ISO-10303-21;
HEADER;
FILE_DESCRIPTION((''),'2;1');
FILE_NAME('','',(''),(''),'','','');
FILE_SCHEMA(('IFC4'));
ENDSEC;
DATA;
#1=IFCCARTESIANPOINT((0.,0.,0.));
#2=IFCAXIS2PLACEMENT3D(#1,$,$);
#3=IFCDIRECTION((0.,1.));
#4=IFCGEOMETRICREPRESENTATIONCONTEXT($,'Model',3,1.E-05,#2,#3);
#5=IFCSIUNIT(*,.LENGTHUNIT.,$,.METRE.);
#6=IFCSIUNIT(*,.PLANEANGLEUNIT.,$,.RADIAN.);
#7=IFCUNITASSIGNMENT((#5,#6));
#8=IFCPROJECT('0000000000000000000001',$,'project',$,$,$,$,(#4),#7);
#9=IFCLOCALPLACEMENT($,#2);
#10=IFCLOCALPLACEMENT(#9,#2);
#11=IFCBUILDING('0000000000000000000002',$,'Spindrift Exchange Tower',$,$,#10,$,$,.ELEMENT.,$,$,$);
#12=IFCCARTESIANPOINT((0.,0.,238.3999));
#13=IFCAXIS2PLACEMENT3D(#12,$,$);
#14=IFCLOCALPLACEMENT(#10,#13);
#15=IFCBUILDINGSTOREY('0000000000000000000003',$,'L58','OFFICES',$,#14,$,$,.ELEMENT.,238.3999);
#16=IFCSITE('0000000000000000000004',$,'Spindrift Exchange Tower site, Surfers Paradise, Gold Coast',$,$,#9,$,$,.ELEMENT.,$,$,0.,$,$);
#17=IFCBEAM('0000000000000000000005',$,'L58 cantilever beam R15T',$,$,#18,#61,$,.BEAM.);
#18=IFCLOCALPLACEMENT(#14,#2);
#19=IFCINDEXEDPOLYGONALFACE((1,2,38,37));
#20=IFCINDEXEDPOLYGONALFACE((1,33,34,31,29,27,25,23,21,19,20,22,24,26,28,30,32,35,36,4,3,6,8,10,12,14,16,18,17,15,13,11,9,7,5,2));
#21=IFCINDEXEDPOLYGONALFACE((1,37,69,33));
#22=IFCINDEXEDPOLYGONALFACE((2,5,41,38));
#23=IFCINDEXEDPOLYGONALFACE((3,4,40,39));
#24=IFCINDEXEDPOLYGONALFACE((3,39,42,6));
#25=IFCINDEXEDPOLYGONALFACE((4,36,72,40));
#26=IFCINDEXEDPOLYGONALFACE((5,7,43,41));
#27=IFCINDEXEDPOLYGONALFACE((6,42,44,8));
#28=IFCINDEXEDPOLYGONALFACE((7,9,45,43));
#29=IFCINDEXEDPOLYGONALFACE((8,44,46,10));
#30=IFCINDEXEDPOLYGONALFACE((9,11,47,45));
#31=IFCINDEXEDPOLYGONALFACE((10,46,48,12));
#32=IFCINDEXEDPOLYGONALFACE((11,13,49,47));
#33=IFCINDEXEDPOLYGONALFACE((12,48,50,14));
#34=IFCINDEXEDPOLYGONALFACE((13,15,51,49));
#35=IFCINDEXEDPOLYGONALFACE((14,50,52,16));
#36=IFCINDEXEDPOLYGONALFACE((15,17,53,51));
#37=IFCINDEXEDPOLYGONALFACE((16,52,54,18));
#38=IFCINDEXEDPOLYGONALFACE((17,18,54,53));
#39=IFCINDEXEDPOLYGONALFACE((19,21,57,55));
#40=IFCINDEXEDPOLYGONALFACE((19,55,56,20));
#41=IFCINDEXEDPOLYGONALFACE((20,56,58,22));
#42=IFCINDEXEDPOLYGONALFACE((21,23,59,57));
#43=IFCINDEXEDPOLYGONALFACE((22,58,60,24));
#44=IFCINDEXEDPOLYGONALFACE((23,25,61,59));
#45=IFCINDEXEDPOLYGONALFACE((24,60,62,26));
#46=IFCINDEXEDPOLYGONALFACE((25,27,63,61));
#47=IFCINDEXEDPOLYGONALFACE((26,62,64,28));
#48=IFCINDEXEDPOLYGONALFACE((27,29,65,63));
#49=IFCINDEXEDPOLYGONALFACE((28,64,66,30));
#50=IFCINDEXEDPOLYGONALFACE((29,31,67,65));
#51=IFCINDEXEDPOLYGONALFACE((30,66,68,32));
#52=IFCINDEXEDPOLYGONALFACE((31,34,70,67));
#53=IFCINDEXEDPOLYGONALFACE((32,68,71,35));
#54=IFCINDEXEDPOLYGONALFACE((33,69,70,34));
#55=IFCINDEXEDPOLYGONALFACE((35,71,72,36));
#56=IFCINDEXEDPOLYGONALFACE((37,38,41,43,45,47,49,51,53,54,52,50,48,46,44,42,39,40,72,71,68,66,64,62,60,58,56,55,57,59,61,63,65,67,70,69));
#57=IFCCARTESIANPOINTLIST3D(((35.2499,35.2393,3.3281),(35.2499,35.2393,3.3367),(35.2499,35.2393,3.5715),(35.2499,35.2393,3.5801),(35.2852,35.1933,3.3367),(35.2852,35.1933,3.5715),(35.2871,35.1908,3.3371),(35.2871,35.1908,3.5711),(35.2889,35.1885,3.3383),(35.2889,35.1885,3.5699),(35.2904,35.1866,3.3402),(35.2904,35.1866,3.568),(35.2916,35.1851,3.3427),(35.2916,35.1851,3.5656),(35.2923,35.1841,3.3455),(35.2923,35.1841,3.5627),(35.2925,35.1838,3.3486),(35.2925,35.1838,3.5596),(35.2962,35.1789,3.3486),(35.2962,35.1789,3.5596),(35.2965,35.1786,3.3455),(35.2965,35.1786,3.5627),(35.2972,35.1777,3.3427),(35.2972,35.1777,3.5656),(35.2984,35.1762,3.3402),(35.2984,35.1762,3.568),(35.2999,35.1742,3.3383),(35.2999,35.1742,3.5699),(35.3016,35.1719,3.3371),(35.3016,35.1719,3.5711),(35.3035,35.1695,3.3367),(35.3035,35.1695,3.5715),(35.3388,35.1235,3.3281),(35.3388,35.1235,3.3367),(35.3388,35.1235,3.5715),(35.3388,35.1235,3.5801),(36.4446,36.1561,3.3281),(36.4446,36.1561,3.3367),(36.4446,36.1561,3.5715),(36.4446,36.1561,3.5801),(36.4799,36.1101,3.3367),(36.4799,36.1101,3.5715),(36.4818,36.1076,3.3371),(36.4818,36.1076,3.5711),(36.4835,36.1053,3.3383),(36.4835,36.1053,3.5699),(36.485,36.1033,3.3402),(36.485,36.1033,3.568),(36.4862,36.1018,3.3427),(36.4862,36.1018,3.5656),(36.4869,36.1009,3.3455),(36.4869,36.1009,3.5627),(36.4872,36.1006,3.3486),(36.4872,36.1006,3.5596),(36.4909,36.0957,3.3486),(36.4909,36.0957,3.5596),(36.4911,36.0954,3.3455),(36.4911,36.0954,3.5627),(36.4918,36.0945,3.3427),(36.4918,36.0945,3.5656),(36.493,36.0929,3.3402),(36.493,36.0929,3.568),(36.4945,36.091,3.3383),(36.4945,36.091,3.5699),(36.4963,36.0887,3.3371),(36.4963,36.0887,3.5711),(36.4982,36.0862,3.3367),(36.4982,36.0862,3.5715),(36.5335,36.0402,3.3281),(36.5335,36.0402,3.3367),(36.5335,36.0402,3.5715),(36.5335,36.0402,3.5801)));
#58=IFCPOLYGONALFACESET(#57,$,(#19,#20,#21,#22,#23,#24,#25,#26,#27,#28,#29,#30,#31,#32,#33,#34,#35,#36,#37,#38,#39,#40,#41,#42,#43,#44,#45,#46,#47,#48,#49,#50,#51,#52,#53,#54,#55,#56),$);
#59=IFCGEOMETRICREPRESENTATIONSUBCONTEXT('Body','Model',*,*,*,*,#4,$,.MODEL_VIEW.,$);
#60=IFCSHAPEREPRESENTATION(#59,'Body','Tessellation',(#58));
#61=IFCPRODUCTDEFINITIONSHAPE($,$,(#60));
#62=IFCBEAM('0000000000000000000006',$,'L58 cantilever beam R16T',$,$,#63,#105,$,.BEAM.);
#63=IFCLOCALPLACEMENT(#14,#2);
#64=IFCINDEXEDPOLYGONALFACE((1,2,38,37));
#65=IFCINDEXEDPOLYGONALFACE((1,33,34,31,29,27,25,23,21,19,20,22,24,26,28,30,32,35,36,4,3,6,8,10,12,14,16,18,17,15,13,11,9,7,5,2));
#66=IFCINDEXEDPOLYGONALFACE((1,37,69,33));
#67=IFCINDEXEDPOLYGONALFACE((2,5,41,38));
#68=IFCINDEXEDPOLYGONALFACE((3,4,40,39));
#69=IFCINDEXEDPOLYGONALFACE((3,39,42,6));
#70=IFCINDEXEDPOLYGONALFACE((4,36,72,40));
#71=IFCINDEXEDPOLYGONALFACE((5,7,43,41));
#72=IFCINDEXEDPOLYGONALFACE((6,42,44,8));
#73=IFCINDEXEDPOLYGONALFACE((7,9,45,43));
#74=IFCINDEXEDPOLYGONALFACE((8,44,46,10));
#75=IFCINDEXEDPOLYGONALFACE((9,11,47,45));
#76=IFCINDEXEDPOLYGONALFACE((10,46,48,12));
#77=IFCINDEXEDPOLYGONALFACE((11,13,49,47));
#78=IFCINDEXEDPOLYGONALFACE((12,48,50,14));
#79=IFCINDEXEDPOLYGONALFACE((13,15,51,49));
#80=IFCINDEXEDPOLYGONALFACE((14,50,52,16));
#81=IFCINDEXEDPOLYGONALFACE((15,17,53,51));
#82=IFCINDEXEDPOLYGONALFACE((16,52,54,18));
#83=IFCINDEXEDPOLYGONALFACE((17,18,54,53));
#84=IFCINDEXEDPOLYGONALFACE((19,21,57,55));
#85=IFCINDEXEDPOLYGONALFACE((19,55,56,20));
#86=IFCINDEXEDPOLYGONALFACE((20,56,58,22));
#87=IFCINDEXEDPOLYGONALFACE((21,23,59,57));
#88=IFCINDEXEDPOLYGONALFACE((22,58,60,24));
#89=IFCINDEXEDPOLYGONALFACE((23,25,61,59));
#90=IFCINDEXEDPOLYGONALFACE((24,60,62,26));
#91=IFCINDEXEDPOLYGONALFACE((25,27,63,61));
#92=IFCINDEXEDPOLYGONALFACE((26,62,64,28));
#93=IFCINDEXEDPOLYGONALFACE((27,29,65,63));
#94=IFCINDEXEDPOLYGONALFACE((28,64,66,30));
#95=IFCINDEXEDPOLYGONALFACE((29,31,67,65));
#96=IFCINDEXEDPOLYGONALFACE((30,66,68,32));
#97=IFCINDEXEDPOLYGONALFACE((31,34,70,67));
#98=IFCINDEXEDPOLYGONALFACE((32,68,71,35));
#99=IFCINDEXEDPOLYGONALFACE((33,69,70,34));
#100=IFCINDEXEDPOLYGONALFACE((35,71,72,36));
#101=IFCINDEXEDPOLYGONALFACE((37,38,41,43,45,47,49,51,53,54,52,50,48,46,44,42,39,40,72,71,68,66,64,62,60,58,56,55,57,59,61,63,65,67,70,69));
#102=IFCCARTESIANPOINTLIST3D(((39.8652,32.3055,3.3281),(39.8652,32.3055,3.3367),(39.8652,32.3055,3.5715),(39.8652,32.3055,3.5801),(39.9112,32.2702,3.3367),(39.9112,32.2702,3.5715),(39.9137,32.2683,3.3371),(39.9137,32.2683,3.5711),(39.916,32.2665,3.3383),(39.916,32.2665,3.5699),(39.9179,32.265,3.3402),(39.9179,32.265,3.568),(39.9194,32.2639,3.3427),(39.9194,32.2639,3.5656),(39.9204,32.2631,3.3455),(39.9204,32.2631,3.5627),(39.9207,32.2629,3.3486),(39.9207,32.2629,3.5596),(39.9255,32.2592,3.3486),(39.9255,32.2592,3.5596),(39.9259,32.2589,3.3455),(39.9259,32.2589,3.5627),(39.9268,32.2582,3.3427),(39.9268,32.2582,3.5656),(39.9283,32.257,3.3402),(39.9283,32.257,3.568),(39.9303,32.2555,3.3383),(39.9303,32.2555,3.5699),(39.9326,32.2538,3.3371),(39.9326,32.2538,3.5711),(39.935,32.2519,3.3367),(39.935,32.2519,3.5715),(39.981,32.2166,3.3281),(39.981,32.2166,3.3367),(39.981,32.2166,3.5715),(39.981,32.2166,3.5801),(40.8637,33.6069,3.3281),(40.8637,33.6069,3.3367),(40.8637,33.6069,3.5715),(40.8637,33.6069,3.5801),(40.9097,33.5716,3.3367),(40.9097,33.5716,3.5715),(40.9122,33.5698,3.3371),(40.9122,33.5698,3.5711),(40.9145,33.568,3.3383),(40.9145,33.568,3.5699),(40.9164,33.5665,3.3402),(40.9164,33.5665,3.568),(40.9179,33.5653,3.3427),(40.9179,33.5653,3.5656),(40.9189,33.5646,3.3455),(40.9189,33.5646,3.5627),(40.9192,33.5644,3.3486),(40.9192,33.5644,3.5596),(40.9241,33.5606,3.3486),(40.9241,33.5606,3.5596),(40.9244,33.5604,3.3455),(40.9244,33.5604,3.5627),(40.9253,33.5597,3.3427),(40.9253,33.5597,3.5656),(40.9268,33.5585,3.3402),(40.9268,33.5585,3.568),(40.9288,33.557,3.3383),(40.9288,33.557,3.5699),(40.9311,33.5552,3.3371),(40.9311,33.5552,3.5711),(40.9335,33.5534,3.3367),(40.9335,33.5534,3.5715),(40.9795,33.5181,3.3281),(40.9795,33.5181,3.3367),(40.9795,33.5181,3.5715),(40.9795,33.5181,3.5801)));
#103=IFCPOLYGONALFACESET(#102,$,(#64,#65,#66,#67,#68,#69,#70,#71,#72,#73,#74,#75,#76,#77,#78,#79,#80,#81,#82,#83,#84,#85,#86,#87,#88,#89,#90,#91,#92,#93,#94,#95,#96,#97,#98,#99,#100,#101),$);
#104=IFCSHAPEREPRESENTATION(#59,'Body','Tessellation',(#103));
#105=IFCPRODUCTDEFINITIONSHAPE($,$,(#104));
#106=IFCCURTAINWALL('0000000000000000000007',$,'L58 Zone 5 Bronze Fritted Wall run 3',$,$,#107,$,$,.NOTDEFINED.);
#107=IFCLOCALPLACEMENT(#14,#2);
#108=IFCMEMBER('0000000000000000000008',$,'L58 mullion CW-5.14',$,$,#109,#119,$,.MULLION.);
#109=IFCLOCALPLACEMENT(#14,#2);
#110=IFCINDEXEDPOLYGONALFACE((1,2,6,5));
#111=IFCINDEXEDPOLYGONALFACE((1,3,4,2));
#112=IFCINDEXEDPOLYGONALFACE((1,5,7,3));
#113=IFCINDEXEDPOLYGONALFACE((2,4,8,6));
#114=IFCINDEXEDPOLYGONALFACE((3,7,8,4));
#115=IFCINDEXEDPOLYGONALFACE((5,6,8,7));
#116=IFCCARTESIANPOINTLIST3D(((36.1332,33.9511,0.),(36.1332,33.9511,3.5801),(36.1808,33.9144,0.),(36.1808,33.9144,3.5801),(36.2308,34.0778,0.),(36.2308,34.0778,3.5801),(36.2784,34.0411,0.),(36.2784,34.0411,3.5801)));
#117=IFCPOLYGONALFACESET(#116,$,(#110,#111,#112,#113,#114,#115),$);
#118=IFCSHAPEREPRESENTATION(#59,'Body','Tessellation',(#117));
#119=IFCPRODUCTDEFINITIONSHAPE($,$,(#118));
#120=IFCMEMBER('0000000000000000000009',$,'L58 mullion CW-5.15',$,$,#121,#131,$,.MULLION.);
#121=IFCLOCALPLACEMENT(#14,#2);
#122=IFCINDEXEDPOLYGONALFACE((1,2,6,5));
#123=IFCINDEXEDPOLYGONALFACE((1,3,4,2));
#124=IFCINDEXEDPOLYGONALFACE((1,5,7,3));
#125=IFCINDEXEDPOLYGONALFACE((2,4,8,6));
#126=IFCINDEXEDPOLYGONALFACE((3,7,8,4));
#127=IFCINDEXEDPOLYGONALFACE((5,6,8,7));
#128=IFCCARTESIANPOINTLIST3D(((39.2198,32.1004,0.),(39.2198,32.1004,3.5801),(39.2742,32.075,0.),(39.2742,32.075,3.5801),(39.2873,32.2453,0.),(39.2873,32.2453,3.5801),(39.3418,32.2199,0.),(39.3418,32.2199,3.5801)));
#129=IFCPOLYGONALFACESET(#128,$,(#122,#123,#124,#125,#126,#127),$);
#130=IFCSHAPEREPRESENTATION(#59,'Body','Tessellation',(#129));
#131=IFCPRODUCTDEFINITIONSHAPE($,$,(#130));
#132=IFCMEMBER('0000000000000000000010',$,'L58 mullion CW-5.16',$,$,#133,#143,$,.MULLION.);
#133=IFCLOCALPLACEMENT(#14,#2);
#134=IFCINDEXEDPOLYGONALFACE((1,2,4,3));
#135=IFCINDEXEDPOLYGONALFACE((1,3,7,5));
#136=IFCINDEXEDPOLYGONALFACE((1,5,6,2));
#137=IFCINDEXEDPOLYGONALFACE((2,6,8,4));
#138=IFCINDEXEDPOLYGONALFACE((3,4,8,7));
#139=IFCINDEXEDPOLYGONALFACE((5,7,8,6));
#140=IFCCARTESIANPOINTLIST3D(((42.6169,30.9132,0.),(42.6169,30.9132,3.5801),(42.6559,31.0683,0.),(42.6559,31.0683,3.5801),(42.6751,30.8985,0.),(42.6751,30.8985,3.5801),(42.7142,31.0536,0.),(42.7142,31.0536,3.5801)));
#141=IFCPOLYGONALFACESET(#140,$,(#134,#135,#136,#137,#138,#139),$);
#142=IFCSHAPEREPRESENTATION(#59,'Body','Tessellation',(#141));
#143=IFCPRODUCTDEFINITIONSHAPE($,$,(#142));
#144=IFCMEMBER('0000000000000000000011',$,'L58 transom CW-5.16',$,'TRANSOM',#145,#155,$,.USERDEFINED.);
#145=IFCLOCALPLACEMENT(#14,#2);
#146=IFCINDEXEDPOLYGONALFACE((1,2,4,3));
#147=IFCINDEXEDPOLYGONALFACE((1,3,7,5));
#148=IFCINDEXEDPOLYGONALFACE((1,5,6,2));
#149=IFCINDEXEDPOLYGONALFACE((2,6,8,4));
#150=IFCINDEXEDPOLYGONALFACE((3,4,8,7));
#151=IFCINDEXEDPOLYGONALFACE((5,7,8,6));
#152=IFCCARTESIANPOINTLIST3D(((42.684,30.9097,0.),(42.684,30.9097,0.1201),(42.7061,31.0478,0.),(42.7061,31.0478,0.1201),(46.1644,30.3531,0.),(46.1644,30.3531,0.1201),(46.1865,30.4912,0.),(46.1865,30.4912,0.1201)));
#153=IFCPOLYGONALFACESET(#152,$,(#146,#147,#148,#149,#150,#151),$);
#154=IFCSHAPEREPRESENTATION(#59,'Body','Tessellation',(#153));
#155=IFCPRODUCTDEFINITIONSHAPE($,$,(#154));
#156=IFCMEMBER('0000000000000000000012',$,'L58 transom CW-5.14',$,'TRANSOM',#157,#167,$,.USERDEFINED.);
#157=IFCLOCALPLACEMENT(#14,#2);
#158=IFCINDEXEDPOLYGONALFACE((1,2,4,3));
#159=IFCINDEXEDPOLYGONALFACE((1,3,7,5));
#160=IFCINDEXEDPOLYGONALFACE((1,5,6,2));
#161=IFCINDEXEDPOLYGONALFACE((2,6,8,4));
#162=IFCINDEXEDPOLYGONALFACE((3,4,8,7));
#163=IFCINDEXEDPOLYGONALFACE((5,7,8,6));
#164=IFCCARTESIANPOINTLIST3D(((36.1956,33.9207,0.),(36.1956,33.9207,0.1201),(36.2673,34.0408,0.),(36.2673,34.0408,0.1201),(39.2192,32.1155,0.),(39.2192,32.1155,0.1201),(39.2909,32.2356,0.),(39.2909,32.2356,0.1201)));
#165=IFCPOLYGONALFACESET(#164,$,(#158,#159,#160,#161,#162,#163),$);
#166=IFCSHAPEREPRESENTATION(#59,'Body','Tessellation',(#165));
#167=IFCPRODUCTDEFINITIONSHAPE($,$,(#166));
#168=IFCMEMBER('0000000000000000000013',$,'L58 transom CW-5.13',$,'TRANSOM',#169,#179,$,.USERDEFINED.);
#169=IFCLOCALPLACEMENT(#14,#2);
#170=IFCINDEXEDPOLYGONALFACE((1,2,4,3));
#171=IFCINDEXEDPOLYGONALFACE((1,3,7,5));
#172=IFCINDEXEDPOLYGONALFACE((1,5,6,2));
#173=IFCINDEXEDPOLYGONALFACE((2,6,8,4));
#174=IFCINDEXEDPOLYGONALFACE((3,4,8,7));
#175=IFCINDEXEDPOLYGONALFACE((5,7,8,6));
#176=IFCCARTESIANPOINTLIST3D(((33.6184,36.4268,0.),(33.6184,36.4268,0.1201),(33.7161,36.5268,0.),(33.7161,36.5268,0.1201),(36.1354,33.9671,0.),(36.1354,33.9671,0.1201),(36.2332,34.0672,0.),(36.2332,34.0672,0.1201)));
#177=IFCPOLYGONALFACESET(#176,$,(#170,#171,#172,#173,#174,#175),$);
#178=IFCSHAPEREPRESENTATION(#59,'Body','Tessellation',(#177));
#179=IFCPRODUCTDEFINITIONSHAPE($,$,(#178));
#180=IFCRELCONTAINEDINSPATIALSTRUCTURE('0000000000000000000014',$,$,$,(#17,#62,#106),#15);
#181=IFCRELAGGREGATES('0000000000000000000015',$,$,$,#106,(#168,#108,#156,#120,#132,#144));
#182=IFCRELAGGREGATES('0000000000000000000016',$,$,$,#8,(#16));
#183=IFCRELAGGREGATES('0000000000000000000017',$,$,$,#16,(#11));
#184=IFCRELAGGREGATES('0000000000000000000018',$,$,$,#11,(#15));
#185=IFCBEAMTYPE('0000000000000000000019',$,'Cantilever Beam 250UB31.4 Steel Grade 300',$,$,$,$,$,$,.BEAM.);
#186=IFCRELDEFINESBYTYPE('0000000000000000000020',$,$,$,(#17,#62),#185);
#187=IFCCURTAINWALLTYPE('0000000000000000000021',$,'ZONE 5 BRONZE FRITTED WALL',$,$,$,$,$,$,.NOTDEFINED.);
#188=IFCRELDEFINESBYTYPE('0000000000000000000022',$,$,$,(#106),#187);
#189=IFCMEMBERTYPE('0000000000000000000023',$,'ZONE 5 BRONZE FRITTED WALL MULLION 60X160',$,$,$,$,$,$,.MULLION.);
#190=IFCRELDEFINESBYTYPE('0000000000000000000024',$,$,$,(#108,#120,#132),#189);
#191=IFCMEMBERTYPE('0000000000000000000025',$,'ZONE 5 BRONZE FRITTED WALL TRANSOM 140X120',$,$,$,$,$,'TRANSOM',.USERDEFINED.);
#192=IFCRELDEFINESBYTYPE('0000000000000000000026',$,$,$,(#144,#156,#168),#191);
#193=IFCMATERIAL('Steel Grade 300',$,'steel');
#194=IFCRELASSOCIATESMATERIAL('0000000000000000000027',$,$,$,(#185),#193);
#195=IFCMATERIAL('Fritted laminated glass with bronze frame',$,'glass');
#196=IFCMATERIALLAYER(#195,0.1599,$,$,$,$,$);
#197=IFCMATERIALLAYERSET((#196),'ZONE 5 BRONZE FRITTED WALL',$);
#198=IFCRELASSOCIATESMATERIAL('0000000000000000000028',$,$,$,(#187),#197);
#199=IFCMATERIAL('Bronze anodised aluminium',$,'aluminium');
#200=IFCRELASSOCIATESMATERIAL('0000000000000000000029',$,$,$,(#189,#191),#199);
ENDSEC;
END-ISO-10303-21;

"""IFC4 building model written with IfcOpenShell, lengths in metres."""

from ifc_helpers import new_model, si_unit, direction, frame, origin, origin_2d, place, context, subcontext, project, spatial, rectangle, i_section, extrude, source, transform, mapped, material, layer, layer_set, material_profile, profile_set, type_object, element, aggregate, save


model = new_model("IFC4")

# Units and contexts
model_context = context("Model", 3, precision=1e-05, world=origin(), true_north=direction((0.0, 1.0)))
body_context = subcontext(model_context, "Body", "Model", "MODEL_VIEW")
ifc_project = project(units=[si_unit("LENGTHUNIT", "METRE"), si_unit("PLANEANGLEUNIT", "RADIAN")], contexts=[model_context])

# Site, building, storey
site_placement = place(None, origin())
site = spatial("IfcSite", under=ifc_project, at=site_placement, Name="Spindrift Exchange Tower site, Surfers Paradise, Gold Coast", CompositionType="ELEMENT", RefElevation=0.0)
building_placement = place(site_placement, origin())
building = spatial("IfcBuilding", under=site, at=building_placement, Name="Spindrift Exchange Tower", CompositionType="ELEMENT")
storey_placement = place(building_placement, frame((0.0, 0.0, 238.3999)))
storey = spatial("IfcBuildingStorey", under=building, at=storey_placement, Name="L58", Description="OFFICES", CompositionType="ELEMENT", Elevation=238.3999)

# Beams
ifc_material_1 = material(Name="Steel Grade 300", Category="steel")
ifc_material_profile_1 = material_profile(ifc_material_1, i_section(OverallWidth=0.146, OverallDepth=0.252, WebThickness=0.0061, FlangeThickness=0.0085, FilletRadius=0.012, at=origin_2d()), Name="250UB31.4")
ifc_profile_set_1 = profile_set([ifc_material_profile_1], Name="Steel Grade 300")
beam_type_1 = type_object("IfcBeamType", Name="Cantilever Beam 250UB31.4 Steel Grade 300", PredefinedType="BEAM", material=ifc_profile_set_1)
shared_shape_1 = source(origin(), body_context, "Body", "SweptSolid", [
    extrude(i_section(OverallWidth=0.146, OverallDepth=0.252, WebThickness=0.0061, FlangeThickness=0.0085, FilletRadius=0.012, at=origin_2d()), origin(), (0.0, 0.0, 1.0), 1.5059),
])
beam_1_placement = place(storey_placement, frame((36.489, 36.0981, 3.4541), z_axis=(-0.793317, -0.608809, 0.0), x_axis=(0.608809, -0.793317, 0.0)))
element("IfcBeam", 1, at=beam_1_placement, inside=storey, type_object=beam_type_1, Name="L58 cantilever beam R15T", PredefinedType="BEAM", context=body_context, shape_type="MappedRepresentation", body=[
    mapped(shared_shape_1, transform((0.0, 0.0, 0.0), scale=1.0)),
])
shared_shape_2 = source(origin(), body_context, "Body", "SweptSolid", [
    extrude(i_section(OverallWidth=0.146, OverallDepth=0.252, WebThickness=0.0061, FlangeThickness=0.0085, FilletRadius=0.012, at=origin_2d()), origin(), (0.0, 0.0, 1.0), 1.6404),
])
beam_2_placement = place(storey_placement, frame((40.9216, 33.5625, 3.4541), z_axis=(-0.608703, -0.793398, 0.0), x_axis=(0.793398, -0.608703, 0.0)))
element("IfcBeam", 2, at=beam_2_placement, inside=storey, type_object=beam_type_1, Name="L58 cantilever beam R16T", PredefinedType="BEAM", context=body_context, shape_type="MappedRepresentation", body=[
    mapped(shared_shape_2, transform((0.0, 0.0, 0.0), scale=1.0)),
])

# Curtain wall, members
ifc_material_2 = material(Name="Fritted laminated glass with bronze frame", Category="glass")
ifc_layer_1 = layer(ifc_material_2, 0.1599)
ifc_layer_set_1 = layer_set([ifc_layer_1], Name="ZONE 5 BRONZE FRITTED WALL")
curtain_wall_type = type_object("IfcCurtainWallType", Name="ZONE 5 BRONZE FRITTED WALL", PredefinedType="NOTDEFINED", material=ifc_layer_set_1)
curtain_wall_placement = place(storey_placement, origin())
curtain_wall = element("IfcCurtainWall", 3, at=curtain_wall_placement, inside=storey, type_object=curtain_wall_type, Name="L58 Zone 5 Bronze Fritted Wall run 3", PredefinedType="NOTDEFINED")
ifc_material_3 = material(Name="Bronze anodised aluminium", Category="aluminium")
ifc_material_profile_2 = material_profile(ifc_material_3, rectangle(XDim=0.0601, YDim=0.1599, at=origin_2d()), Name="ZONE 5 BRONZE FRITTED WALL MULLION 60X160")
ifc_profile_set_2 = profile_set([ifc_material_profile_2], Name="Bronze anodised aluminium")
member_type_1 = type_object("IfcMemberType", Name="ZONE 5 BRONZE FRITTED WALL MULLION 60X160", PredefinedType="MULLION", material=ifc_profile_set_2)
shared_shape_3 = source(origin(), body_context, "Body", "SweptSolid", [
    extrude(rectangle(XDim=0.0601, YDim=0.1599, at=origin_2d()), origin(), (0.0, 0.0, 1.0), 3.5801),
])
member_1_placement = place(storey_placement, frame((36.2058, 33.9961, 0.0), z_axis=(0.0, 0.0, 1.0), x_axis=(0.792386, -0.610019, 0.0)))
member_1 = element("IfcMember", 4, at=member_1_placement, type_object=member_type_1, Name="L58 mullion CW-5.14", PredefinedType="MULLION", context=body_context, shape_type="MappedRepresentation", body=[
    mapped(shared_shape_3, transform((0.0, 0.0, 0.0), scale=1.0)),
])
member_2_placement = place(storey_placement, frame((39.2808, 32.1602, 0.0), z_axis=(0.0, 0.0, 1.0), x_axis=(0.906278, -0.422682, 0.0)))
member_2 = element("IfcMember", 5, at=member_2_placement, type_object=member_type_1, Name="L58 mullion CW-5.15", PredefinedType="MULLION", context=body_context, shape_type="MappedRepresentation", body=[
    mapped(shared_shape_3, transform((0.0, 0.0, 0.0), scale=1.0)),
])
member_3_placement = place(storey_placement, frame((42.6655, 30.9834, 0.0), z_axis=(0.0, 0.0, 1.0), x_axis=(0.969752, -0.244093, 0.0)))
member_3 = element("IfcMember", 6, at=member_3_placement, type_object=member_type_1, Name="L58 mullion CW-5.16", PredefinedType="MULLION", context=body_context, shape_type="MappedRepresentation", body=[
    mapped(shared_shape_3, transform((0.0, 0.0, 0.0), scale=1.0)),
])
ifc_material_profile_3 = material_profile(ifc_material_3, rectangle(XDim=0.1399, YDim=0.1201, at=origin_2d()), Name="ZONE 5 BRONZE FRITTED WALL TRANSOM 140X120")
ifc_profile_set_3 = profile_set([ifc_material_profile_3], Name="Bronze anodised aluminium")
member_type_2 = type_object("IfcMemberType", Name="ZONE 5 BRONZE FRITTED WALL TRANSOM 140X120", ElementType="TRANSOM", PredefinedType="USERDEFINED", material=ifc_profile_set_3)
shared_shape_4 = source(origin(), body_context, "Body", "SweptSolid", [
    extrude(rectangle(XDim=0.1399, YDim=0.1201, at=origin_2d()), origin(), (0.0, 0.0, 1.0), 3.5247),
])
member_4_placement = place(storey_placement, frame((42.6951, 30.9788, 0.0601), z_axis=(0.987451, -0.157926, 0.0), x_axis=(0.157926, 0.987451, 0.0)))
member_4 = element("IfcMember", 7, at=member_4_placement, type_object=member_type_2, Name="L58 transom CW-5.16", ObjectType="TRANSOM", PredefinedType="USERDEFINED", context=body_context, shape_type="MappedRepresentation", body=[
    mapped(shared_shape_4, transform((0.0, 0.0, 0.0), scale=1.0)),
])
shared_shape_5 = source(origin(), body_context, "Body", "SweptSolid", [
    extrude(rectangle(XDim=0.1399, YDim=0.1201, at=origin_2d()), origin(), (0.0, 0.0, 1.0), 3.5215),
])
member_5_placement = place(storey_placement, frame((36.2314, 33.9807, 0.0601), z_axis=(0.858623, -0.512608, 0.0), x_axis=(0.512608, 0.858623, 0.0)))
member_5 = element("IfcMember", 8, at=member_5_placement, type_object=member_type_2, Name="L58 transom CW-5.14", ObjectType="TRANSOM", PredefinedType="USERDEFINED", context=body_context, shape_type="MappedRepresentation", body=[
    mapped(shared_shape_5, transform((0.0, 0.0, 0.0), scale=1.0)),
])
shared_shape_6 = source(origin(), body_context, "Body", "SweptSolid", [
    extrude(rectangle(XDim=0.1399, YDim=0.1201, at=origin_2d()), origin(), (0.0, 0.0, 1.0), 3.5193),
])
member_6_placement = place(storey_placement, frame((33.6672, 36.4768, 0.0601), z_axis=(0.715211, -0.698909, 0.0), x_axis=(0.698909, 0.715211, 0.0)))
member_6 = element("IfcMember", 9, at=member_6_placement, type_object=member_type_2, Name="L58 transom CW-5.13", ObjectType="TRANSOM", PredefinedType="USERDEFINED", context=body_context, shape_type="MappedRepresentation", body=[
    mapped(shared_shape_6, transform((0.0, 0.0, 0.0), scale=1.0)),
])

aggregate(curtain_wall, [member_6, member_1, member_5, member_2, member_3, member_4])

save(model, "model.ifc")
